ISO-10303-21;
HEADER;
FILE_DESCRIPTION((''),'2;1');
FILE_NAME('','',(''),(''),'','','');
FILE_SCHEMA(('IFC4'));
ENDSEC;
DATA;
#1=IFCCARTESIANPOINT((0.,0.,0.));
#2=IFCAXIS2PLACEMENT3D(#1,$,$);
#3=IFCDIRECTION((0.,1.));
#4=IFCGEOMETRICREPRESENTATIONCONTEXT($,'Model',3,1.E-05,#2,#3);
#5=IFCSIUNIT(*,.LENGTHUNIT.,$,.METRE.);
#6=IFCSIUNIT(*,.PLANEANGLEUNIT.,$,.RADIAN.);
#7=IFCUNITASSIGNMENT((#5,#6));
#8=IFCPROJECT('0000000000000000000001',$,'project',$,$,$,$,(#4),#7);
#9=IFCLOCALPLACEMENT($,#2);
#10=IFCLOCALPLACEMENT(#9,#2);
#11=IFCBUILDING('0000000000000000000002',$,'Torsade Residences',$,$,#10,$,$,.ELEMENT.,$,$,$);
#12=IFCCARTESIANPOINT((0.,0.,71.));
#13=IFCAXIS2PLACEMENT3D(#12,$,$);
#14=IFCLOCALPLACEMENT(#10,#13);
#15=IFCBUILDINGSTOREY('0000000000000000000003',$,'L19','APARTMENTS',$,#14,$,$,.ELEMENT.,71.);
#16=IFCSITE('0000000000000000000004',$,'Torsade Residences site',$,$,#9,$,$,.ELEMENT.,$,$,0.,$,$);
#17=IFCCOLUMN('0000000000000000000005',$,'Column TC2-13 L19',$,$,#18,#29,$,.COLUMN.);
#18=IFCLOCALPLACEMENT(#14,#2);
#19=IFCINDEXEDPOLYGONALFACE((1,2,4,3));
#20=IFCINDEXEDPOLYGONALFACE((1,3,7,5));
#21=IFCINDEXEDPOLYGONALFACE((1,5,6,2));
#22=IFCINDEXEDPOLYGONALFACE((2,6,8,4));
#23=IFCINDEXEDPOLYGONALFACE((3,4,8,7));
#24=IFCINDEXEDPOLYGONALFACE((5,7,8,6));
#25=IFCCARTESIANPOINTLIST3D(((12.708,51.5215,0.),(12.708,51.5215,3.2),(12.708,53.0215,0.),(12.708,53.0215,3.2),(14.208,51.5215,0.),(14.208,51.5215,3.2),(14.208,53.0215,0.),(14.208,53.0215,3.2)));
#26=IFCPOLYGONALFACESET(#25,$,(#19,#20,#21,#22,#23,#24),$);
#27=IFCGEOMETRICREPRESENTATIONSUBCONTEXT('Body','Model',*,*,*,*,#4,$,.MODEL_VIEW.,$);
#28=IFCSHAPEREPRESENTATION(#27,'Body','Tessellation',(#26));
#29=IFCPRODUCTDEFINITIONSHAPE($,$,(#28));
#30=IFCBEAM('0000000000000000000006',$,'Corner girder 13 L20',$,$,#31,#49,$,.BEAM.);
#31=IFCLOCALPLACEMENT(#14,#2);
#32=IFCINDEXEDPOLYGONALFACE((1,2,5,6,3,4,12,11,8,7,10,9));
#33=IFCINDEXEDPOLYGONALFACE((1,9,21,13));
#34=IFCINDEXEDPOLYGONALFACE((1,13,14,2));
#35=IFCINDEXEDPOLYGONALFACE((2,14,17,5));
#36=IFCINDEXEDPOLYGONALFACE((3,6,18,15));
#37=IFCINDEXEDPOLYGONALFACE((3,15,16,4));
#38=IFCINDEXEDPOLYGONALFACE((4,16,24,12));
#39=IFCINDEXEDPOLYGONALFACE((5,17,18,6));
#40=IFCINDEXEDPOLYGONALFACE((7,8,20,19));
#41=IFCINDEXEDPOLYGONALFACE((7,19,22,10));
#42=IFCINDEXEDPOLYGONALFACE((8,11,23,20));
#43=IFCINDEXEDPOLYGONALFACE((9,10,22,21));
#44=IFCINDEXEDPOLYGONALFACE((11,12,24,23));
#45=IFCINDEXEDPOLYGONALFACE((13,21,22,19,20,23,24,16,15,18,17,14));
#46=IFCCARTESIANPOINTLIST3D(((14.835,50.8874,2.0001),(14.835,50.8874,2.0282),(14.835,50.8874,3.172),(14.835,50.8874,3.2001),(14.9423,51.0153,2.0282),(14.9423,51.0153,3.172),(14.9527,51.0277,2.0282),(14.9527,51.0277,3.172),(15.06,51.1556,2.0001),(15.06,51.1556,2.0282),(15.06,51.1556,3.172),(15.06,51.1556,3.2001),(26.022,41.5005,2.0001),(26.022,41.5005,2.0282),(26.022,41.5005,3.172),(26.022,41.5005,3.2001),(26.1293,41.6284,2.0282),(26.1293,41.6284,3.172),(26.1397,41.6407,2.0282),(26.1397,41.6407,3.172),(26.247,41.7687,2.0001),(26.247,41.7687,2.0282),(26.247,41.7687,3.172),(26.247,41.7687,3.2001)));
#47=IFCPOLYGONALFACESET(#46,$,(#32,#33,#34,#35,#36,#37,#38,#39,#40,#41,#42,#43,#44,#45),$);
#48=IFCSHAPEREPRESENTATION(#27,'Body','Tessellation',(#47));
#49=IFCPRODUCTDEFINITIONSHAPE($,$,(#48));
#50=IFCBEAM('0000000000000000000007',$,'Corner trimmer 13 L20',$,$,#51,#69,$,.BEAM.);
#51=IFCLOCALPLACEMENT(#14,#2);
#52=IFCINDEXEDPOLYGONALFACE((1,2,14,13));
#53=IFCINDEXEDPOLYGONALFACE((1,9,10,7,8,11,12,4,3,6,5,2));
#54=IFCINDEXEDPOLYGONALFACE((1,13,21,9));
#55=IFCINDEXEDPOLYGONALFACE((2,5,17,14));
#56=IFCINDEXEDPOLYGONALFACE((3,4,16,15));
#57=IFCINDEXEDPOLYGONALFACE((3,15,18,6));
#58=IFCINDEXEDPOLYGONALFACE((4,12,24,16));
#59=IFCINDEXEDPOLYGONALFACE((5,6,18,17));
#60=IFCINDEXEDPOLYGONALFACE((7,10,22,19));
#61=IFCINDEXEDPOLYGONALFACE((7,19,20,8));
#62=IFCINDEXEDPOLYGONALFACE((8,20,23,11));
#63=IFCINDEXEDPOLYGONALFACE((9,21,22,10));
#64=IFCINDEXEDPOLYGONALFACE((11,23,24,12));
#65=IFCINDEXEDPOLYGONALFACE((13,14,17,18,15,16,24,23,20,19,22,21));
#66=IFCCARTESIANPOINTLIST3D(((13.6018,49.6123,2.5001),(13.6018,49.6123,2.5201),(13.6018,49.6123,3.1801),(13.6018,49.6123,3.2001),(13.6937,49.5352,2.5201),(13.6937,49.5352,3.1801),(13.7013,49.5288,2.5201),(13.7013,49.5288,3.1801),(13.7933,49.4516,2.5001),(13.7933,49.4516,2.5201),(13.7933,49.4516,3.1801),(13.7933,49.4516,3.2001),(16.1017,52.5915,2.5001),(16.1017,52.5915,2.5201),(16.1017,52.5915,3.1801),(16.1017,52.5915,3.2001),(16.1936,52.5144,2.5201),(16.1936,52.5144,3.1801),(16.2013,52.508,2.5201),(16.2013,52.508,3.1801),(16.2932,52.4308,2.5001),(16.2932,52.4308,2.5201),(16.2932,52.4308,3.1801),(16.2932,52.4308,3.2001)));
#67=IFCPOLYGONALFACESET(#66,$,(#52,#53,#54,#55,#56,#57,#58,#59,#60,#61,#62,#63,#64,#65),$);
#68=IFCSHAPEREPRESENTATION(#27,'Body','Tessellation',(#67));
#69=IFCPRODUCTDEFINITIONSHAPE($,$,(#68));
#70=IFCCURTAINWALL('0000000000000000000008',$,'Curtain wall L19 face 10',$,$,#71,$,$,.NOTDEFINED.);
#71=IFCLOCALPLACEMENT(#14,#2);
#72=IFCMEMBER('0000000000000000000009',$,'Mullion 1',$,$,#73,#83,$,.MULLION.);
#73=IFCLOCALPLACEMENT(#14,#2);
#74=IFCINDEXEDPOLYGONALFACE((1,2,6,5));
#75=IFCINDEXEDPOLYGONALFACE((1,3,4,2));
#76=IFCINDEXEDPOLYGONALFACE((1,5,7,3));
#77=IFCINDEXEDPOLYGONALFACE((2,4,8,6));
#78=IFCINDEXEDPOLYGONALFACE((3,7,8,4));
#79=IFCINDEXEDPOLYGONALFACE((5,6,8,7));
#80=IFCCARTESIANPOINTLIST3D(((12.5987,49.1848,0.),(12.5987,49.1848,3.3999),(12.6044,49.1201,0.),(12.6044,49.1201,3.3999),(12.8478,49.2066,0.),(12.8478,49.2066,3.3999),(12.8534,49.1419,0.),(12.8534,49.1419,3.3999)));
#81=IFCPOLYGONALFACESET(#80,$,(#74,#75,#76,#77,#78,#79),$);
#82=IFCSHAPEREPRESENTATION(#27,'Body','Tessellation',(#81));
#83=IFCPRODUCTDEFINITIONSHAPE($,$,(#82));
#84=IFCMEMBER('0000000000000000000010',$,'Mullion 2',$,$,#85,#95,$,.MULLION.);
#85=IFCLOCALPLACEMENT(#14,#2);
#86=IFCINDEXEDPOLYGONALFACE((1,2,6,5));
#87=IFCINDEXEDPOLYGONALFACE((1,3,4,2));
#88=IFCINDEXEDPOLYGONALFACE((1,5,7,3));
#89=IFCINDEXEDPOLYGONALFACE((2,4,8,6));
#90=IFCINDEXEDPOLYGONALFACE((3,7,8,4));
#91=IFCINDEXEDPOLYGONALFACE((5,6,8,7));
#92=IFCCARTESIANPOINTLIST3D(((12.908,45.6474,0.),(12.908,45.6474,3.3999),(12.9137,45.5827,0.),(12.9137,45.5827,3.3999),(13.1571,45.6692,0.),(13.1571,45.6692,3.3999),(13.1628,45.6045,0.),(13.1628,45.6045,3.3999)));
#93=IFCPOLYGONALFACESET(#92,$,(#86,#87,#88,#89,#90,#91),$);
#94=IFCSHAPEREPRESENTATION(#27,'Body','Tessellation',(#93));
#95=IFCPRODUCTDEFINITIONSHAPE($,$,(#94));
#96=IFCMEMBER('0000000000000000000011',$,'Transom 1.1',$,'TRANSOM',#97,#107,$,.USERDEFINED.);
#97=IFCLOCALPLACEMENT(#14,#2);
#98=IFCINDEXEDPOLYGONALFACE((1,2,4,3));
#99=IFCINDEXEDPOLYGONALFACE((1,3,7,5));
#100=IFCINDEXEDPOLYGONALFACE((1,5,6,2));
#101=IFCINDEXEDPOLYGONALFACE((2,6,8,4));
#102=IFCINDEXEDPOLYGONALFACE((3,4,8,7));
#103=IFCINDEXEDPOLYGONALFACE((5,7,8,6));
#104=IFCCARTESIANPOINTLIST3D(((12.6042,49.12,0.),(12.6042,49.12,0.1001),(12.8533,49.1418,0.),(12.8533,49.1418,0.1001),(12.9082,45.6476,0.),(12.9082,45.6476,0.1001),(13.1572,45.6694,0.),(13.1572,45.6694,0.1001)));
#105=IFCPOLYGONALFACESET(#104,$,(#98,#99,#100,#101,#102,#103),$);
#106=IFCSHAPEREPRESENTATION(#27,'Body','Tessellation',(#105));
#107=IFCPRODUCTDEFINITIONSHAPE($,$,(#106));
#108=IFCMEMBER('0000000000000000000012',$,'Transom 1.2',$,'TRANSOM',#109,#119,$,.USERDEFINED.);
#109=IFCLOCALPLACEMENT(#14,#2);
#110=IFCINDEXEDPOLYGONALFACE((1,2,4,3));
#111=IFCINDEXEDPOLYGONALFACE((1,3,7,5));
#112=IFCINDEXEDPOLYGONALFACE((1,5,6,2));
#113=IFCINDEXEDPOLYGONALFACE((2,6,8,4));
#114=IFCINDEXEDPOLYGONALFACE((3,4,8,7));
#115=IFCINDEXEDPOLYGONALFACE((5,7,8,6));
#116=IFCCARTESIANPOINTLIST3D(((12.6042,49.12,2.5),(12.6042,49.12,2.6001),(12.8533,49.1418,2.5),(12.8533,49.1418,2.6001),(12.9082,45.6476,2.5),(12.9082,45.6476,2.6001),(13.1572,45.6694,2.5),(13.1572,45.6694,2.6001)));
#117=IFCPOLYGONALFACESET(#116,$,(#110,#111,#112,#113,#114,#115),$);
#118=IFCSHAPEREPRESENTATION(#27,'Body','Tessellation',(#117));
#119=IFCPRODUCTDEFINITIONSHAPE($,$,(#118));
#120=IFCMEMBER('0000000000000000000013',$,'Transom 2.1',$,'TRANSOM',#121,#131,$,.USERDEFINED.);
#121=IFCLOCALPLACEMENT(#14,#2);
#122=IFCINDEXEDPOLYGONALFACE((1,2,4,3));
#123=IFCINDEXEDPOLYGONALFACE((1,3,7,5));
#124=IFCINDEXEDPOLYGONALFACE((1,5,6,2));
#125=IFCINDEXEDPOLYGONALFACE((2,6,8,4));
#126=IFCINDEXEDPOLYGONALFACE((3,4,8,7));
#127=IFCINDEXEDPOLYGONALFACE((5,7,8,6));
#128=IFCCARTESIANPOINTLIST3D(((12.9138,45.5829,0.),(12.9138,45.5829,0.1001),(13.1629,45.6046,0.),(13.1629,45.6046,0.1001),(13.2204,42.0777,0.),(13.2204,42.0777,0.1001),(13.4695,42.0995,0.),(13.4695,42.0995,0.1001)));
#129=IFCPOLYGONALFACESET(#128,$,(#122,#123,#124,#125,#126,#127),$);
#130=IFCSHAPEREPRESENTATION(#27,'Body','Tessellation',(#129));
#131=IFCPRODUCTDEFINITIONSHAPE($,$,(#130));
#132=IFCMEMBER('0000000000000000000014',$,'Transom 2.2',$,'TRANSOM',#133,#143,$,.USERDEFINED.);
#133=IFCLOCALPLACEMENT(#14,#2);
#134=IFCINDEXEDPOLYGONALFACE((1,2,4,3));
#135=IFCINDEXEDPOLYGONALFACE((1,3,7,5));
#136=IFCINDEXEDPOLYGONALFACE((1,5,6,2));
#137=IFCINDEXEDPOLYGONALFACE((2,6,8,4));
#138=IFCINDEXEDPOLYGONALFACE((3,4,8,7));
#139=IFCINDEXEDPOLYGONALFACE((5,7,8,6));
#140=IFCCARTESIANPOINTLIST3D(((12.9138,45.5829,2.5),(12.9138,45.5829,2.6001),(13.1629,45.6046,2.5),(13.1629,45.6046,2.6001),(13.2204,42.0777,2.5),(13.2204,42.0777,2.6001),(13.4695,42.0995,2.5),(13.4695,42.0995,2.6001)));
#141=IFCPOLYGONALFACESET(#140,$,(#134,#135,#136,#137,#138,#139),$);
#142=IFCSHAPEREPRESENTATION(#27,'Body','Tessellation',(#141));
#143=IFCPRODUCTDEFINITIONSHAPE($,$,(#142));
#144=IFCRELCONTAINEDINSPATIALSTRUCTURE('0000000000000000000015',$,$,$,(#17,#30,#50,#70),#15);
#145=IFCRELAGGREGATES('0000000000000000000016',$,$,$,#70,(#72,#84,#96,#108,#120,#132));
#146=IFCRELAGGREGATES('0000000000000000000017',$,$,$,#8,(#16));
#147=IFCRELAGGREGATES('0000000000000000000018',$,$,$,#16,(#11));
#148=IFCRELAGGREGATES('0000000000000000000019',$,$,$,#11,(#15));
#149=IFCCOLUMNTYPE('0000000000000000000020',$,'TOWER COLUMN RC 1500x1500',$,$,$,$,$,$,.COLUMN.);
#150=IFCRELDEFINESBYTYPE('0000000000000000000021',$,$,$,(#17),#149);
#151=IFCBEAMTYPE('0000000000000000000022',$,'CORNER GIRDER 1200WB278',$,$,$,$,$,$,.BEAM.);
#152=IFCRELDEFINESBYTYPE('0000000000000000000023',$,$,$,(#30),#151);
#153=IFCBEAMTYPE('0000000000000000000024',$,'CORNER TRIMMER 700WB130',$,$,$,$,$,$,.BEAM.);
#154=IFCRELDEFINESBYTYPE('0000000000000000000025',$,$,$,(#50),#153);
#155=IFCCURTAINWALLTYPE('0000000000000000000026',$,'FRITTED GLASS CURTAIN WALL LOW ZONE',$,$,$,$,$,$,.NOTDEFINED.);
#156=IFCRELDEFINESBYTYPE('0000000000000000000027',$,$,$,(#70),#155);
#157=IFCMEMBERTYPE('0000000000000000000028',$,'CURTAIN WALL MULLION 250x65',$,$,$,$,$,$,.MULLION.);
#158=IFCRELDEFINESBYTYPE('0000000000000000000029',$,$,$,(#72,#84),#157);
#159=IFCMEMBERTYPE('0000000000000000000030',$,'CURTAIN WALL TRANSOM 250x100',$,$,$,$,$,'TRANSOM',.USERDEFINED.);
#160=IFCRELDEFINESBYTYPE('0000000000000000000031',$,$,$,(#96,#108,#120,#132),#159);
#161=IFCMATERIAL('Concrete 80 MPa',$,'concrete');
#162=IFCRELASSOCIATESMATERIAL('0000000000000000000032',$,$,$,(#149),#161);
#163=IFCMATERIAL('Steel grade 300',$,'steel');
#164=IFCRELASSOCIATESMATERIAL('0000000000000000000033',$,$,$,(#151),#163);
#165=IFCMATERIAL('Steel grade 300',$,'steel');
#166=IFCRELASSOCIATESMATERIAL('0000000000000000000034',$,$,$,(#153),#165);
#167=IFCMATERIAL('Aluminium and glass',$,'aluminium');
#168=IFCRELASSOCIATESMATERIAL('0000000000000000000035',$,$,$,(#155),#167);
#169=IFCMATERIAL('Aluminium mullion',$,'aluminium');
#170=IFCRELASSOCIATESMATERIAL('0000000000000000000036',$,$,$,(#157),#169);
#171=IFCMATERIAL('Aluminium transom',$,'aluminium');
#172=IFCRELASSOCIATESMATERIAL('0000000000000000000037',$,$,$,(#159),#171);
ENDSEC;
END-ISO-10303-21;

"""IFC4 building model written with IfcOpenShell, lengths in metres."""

from ifc_helpers import new_model, si_unit, direction, frame, origin, origin_2d, place, context, subcontext, project, spatial, rectangle, i_section, extrude, material, material_profile, profile_set, type_object, element, aggregate, save


model = new_model("IFC4")

# Units and contexts
model_context = context("Model", 3, precision=1e-05, world=origin(), true_north=direction((0.0, 1.0)))
body_context = subcontext(model_context, "Body", "Model", "MODEL_VIEW")
ifc_project = project(units=[si_unit("LENGTHUNIT", "METRE"), si_unit("PLANEANGLEUNIT", "RADIAN")], contexts=[model_context])

# Site, building, storey
site_placement = place(None, origin())
site = spatial("IfcSite", under=ifc_project, at=site_placement, Name="Torsade Residences site", CompositionType="ELEMENT", RefElevation=0.0)
building_placement = place(site_placement, origin())
building = spatial("IfcBuilding", under=site, at=building_placement, Name="Torsade Residences", CompositionType="ELEMENT")
storey_placement = place(building_placement, frame((0.0, 0.0, 71.0)))
storey = spatial("IfcBuildingStorey", under=building, at=storey_placement, Name="L19", Description="APARTMENTS", CompositionType="ELEMENT", Elevation=71.0)

# Column
ifc_material_1 = material(Name="Concrete 80 MPa", Category="concrete")
ifc_material_profile_1 = material_profile(ifc_material_1, rectangle(XDim=1.5, YDim=1.5, at=origin_2d()), Name="RC 1500x1500")
ifc_profile_set_1 = profile_set([ifc_material_profile_1], Name="Concrete 80 MPa")
column_type = type_object("IfcColumnType", Name="TOWER COLUMN RC 1500x1500", PredefinedType="COLUMN", material=ifc_profile_set_1)
column_placement = place(storey_placement, frame((13.458, 52.2715, 0.0), z_axis=(0.0, 0.0, 1.0), x_axis=(1.0, 0.0, 0.0)))
element("IfcColumn", 1, at=column_placement, inside=storey, type_object=column_type, Name="Column TC2-13 L19", PredefinedType="COLUMN", context=body_context, shape_type="SweptSolid", body=[
    extrude(rectangle(XDim=1.5, YDim=1.5, at=origin_2d()), origin(), (0.0, 0.0, 1.0), 3.2),
])

# Beams
ifc_material_2 = material(Name="Steel grade 300", Category="steel")
ifc_material_profile_2 = material_profile(ifc_material_2, i_section(OverallWidth=0.3501, OverallDepth=1.2, WebThickness=0.0161, FlangeThickness=0.0281, at=origin_2d()), Name="1200WB278")
ifc_profile_set_2 = profile_set([ifc_material_profile_2], Name="Steel grade 300")
beam_type_1 = type_object("IfcBeamType", Name="CORNER GIRDER 1200WB278", PredefinedType="BEAM", material=ifc_profile_set_2)
beam_1_placement = place(storey_placement, frame((14.9475, 51.0215, 2.6001), z_axis=(0.766046, -0.642785, 0.0), x_axis=(0.642785, 0.766046, 0.0)))
element("IfcBeam", 2, at=beam_1_placement, inside=storey, type_object=beam_type_1, Name="Corner girder 13 L20", PredefinedType="BEAM", context=body_context, shape_type="SweptSolid", body=[
    extrude(i_section(OverallWidth=0.3501, OverallDepth=1.2, WebThickness=0.0161, FlangeThickness=0.0281, at=origin_2d()), origin(), (0.0, 0.0, 1.0), 14.6035),
])
ifc_material_3 = material(Name="Steel grade 300", Category="steel")
ifc_material_profile_3 = material_profile(ifc_material_3, i_section(OverallWidth=0.25, OverallDepth=0.7, WebThickness=0.01, FlangeThickness=0.02, at=origin_2d()), Name="700WB130")
ifc_profile_set_3 = profile_set([ifc_material_profile_3], Name="Steel grade 300")
beam_type_2 = type_object("IfcBeamType", Name="CORNER TRIMMER 700WB130", PredefinedType="BEAM", material=ifc_profile_set_3)
beam_2_placement = place(storey_placement, frame((13.6975, 49.532, 2.8501), z_axis=(0.642805, 0.76603, 0.0), x_axis=(-0.76603, 0.642805, 0.0)))
element("IfcBeam", 3, at=beam_2_placement, inside=storey, type_object=beam_type_2, Name="Corner trimmer 13 L20", PredefinedType="BEAM", context=body_context, shape_type="SweptSolid", body=[
    extrude(i_section(OverallWidth=0.25, OverallDepth=0.7, WebThickness=0.01, FlangeThickness=0.02, at=origin_2d()), origin(), (0.0, 0.0, 1.0), 3.8892),
])

# Curtain wall, members
ifc_material_4 = material(Name="Aluminium and glass", Category="aluminium")
curtain_wall_type = type_object("IfcCurtainWallType", Name="FRITTED GLASS CURTAIN WALL LOW ZONE", PredefinedType="NOTDEFINED", material=ifc_material_4)
curtain_wall_placement = place(storey_placement, origin())
curtain_wall = element("IfcCurtainWall", 4, at=curtain_wall_placement, inside=storey, type_object=curtain_wall_type, Name="Curtain wall L19 face 10", PredefinedType="NOTDEFINED")
ifc_material_5 = material(Name="Aluminium mullion", Category="aluminium")
ifc_material_profile_4 = material_profile(ifc_material_5, rectangle(XDim=0.25, YDim=0.0649, at=origin_2d()), Name="CURTAIN WALL MULLION 250x65")
ifc_profile_set_4 = profile_set([ifc_material_profile_4], Name="Aluminium mullion")
member_type_1 = type_object("IfcMemberType", Name="CURTAIN WALL MULLION 250x65", PredefinedType="MULLION", material=ifc_profile_set_4)
member_1_placement = place(storey_placement, frame((12.7261, 49.1633, 0.0), z_axis=(0.0, 0.0, 1.0), x_axis=(0.996195, 0.087156, 0.0)))
member_1 = element("IfcMember", 5, at=member_1_placement, type_object=member_type_1, Name="Mullion 1", PredefinedType="MULLION", context=body_context, shape_type="SweptSolid", body=[
    extrude(rectangle(XDim=0.25, YDim=0.0649, at=origin_2d()), origin(), (0.0, 0.0, 1.0), 3.3999),
])
member_2_placement = place(storey_placement, frame((13.0354, 45.626, 0.0), z_axis=(0.0, 0.0, 1.0), x_axis=(0.996195, 0.087156, 0.0)))
member_2 = element("IfcMember", 6, at=member_2_placement, type_object=member_type_1, Name="Mullion 2", PredefinedType="MULLION", context=body_context, shape_type="SweptSolid", body=[
    extrude(rectangle(XDim=0.25, YDim=0.0649, at=origin_2d()), origin(), (0.0, 0.0, 1.0), 3.3999),
])
ifc_material_6 = material(Name="Aluminium transom", Category="aluminium")
ifc_material_profile_5 = material_profile(ifc_material_6, rectangle(XDim=0.25, YDim=0.1001, at=origin_2d()), Name="CURTAIN WALL TRANSOM 250x100")
ifc_profile_set_5 = profile_set([ifc_material_profile_5], Name="Aluminium transom")
member_type_2 = type_object("IfcMemberType", Name="CURTAIN WALL TRANSOM 250x100", ElementType="TRANSOM", PredefinedType="USERDEFINED", material=ifc_profile_set_5)
member_3_placement = place(storey_placement, frame((12.7288, 49.1309, 0.05), z_axis=(0.087201, -0.996191, 0.0), x_axis=(0.996191, 0.087201, 0.0)))
member_3 = element("IfcMember", 7, at=member_3_placement, type_object=member_type_2, Name="Transom 1.1", ObjectType="TRANSOM", PredefinedType="USERDEFINED", context=body_context, shape_type="SweptSolid", body=[
    extrude(rectangle(XDim=0.25, YDim=0.1001, at=origin_2d()), origin(), (0.0, 0.0, 1.0), 3.4856),
])
member_4_placement = place(storey_placement, frame((12.7288, 49.1309, 2.55), z_axis=(0.087201, -0.996191, 0.0), x_axis=(0.996191, 0.087201, 0.0)))
member_4 = element("IfcMember", 8, at=member_4_placement, type_object=member_type_2, Name="Transom 1.2", ObjectType="TRANSOM", PredefinedType="USERDEFINED", context=body_context, shape_type="SweptSolid", body=[
    extrude(rectangle(XDim=0.25, YDim=0.1001, at=origin_2d()), origin(), (0.0, 0.0, 1.0), 3.4856),
])
member_5_placement = place(storey_placement, frame((13.0383, 45.5938, 0.05), z_axis=(0.087151, -0.996195, 0.0), x_axis=(0.996195, 0.087151, 0.0)))
member_5 = element("IfcMember", 9, at=member_5_placement, type_object=member_type_2, Name="Transom 2.1", ObjectType="TRANSOM", PredefinedType="USERDEFINED", context=body_context, shape_type="SweptSolid", body=[
    extrude(rectangle(XDim=0.25, YDim=0.1001, at=origin_2d()), origin(), (0.0, 0.0, 1.0), 3.5186),
])
member_6_placement = place(storey_placement, frame((13.0383, 45.5938, 2.55), z_axis=(0.087151, -0.996195, 0.0), x_axis=(0.996195, 0.087151, 0.0)))
member_6 = element("IfcMember", 10, at=member_6_placement, type_object=member_type_2, Name="Transom 2.2", ObjectType="TRANSOM", PredefinedType="USERDEFINED", context=body_context, shape_type="SweptSolid", body=[
    extrude(rectangle(XDim=0.25, YDim=0.1001, at=origin_2d()), origin(), (0.0, 0.0, 1.0), 3.5186),
])

aggregate(curtain_wall, [member_1, member_2, member_3, member_4, member_5, member_6])

save(model, "model.ifc")
